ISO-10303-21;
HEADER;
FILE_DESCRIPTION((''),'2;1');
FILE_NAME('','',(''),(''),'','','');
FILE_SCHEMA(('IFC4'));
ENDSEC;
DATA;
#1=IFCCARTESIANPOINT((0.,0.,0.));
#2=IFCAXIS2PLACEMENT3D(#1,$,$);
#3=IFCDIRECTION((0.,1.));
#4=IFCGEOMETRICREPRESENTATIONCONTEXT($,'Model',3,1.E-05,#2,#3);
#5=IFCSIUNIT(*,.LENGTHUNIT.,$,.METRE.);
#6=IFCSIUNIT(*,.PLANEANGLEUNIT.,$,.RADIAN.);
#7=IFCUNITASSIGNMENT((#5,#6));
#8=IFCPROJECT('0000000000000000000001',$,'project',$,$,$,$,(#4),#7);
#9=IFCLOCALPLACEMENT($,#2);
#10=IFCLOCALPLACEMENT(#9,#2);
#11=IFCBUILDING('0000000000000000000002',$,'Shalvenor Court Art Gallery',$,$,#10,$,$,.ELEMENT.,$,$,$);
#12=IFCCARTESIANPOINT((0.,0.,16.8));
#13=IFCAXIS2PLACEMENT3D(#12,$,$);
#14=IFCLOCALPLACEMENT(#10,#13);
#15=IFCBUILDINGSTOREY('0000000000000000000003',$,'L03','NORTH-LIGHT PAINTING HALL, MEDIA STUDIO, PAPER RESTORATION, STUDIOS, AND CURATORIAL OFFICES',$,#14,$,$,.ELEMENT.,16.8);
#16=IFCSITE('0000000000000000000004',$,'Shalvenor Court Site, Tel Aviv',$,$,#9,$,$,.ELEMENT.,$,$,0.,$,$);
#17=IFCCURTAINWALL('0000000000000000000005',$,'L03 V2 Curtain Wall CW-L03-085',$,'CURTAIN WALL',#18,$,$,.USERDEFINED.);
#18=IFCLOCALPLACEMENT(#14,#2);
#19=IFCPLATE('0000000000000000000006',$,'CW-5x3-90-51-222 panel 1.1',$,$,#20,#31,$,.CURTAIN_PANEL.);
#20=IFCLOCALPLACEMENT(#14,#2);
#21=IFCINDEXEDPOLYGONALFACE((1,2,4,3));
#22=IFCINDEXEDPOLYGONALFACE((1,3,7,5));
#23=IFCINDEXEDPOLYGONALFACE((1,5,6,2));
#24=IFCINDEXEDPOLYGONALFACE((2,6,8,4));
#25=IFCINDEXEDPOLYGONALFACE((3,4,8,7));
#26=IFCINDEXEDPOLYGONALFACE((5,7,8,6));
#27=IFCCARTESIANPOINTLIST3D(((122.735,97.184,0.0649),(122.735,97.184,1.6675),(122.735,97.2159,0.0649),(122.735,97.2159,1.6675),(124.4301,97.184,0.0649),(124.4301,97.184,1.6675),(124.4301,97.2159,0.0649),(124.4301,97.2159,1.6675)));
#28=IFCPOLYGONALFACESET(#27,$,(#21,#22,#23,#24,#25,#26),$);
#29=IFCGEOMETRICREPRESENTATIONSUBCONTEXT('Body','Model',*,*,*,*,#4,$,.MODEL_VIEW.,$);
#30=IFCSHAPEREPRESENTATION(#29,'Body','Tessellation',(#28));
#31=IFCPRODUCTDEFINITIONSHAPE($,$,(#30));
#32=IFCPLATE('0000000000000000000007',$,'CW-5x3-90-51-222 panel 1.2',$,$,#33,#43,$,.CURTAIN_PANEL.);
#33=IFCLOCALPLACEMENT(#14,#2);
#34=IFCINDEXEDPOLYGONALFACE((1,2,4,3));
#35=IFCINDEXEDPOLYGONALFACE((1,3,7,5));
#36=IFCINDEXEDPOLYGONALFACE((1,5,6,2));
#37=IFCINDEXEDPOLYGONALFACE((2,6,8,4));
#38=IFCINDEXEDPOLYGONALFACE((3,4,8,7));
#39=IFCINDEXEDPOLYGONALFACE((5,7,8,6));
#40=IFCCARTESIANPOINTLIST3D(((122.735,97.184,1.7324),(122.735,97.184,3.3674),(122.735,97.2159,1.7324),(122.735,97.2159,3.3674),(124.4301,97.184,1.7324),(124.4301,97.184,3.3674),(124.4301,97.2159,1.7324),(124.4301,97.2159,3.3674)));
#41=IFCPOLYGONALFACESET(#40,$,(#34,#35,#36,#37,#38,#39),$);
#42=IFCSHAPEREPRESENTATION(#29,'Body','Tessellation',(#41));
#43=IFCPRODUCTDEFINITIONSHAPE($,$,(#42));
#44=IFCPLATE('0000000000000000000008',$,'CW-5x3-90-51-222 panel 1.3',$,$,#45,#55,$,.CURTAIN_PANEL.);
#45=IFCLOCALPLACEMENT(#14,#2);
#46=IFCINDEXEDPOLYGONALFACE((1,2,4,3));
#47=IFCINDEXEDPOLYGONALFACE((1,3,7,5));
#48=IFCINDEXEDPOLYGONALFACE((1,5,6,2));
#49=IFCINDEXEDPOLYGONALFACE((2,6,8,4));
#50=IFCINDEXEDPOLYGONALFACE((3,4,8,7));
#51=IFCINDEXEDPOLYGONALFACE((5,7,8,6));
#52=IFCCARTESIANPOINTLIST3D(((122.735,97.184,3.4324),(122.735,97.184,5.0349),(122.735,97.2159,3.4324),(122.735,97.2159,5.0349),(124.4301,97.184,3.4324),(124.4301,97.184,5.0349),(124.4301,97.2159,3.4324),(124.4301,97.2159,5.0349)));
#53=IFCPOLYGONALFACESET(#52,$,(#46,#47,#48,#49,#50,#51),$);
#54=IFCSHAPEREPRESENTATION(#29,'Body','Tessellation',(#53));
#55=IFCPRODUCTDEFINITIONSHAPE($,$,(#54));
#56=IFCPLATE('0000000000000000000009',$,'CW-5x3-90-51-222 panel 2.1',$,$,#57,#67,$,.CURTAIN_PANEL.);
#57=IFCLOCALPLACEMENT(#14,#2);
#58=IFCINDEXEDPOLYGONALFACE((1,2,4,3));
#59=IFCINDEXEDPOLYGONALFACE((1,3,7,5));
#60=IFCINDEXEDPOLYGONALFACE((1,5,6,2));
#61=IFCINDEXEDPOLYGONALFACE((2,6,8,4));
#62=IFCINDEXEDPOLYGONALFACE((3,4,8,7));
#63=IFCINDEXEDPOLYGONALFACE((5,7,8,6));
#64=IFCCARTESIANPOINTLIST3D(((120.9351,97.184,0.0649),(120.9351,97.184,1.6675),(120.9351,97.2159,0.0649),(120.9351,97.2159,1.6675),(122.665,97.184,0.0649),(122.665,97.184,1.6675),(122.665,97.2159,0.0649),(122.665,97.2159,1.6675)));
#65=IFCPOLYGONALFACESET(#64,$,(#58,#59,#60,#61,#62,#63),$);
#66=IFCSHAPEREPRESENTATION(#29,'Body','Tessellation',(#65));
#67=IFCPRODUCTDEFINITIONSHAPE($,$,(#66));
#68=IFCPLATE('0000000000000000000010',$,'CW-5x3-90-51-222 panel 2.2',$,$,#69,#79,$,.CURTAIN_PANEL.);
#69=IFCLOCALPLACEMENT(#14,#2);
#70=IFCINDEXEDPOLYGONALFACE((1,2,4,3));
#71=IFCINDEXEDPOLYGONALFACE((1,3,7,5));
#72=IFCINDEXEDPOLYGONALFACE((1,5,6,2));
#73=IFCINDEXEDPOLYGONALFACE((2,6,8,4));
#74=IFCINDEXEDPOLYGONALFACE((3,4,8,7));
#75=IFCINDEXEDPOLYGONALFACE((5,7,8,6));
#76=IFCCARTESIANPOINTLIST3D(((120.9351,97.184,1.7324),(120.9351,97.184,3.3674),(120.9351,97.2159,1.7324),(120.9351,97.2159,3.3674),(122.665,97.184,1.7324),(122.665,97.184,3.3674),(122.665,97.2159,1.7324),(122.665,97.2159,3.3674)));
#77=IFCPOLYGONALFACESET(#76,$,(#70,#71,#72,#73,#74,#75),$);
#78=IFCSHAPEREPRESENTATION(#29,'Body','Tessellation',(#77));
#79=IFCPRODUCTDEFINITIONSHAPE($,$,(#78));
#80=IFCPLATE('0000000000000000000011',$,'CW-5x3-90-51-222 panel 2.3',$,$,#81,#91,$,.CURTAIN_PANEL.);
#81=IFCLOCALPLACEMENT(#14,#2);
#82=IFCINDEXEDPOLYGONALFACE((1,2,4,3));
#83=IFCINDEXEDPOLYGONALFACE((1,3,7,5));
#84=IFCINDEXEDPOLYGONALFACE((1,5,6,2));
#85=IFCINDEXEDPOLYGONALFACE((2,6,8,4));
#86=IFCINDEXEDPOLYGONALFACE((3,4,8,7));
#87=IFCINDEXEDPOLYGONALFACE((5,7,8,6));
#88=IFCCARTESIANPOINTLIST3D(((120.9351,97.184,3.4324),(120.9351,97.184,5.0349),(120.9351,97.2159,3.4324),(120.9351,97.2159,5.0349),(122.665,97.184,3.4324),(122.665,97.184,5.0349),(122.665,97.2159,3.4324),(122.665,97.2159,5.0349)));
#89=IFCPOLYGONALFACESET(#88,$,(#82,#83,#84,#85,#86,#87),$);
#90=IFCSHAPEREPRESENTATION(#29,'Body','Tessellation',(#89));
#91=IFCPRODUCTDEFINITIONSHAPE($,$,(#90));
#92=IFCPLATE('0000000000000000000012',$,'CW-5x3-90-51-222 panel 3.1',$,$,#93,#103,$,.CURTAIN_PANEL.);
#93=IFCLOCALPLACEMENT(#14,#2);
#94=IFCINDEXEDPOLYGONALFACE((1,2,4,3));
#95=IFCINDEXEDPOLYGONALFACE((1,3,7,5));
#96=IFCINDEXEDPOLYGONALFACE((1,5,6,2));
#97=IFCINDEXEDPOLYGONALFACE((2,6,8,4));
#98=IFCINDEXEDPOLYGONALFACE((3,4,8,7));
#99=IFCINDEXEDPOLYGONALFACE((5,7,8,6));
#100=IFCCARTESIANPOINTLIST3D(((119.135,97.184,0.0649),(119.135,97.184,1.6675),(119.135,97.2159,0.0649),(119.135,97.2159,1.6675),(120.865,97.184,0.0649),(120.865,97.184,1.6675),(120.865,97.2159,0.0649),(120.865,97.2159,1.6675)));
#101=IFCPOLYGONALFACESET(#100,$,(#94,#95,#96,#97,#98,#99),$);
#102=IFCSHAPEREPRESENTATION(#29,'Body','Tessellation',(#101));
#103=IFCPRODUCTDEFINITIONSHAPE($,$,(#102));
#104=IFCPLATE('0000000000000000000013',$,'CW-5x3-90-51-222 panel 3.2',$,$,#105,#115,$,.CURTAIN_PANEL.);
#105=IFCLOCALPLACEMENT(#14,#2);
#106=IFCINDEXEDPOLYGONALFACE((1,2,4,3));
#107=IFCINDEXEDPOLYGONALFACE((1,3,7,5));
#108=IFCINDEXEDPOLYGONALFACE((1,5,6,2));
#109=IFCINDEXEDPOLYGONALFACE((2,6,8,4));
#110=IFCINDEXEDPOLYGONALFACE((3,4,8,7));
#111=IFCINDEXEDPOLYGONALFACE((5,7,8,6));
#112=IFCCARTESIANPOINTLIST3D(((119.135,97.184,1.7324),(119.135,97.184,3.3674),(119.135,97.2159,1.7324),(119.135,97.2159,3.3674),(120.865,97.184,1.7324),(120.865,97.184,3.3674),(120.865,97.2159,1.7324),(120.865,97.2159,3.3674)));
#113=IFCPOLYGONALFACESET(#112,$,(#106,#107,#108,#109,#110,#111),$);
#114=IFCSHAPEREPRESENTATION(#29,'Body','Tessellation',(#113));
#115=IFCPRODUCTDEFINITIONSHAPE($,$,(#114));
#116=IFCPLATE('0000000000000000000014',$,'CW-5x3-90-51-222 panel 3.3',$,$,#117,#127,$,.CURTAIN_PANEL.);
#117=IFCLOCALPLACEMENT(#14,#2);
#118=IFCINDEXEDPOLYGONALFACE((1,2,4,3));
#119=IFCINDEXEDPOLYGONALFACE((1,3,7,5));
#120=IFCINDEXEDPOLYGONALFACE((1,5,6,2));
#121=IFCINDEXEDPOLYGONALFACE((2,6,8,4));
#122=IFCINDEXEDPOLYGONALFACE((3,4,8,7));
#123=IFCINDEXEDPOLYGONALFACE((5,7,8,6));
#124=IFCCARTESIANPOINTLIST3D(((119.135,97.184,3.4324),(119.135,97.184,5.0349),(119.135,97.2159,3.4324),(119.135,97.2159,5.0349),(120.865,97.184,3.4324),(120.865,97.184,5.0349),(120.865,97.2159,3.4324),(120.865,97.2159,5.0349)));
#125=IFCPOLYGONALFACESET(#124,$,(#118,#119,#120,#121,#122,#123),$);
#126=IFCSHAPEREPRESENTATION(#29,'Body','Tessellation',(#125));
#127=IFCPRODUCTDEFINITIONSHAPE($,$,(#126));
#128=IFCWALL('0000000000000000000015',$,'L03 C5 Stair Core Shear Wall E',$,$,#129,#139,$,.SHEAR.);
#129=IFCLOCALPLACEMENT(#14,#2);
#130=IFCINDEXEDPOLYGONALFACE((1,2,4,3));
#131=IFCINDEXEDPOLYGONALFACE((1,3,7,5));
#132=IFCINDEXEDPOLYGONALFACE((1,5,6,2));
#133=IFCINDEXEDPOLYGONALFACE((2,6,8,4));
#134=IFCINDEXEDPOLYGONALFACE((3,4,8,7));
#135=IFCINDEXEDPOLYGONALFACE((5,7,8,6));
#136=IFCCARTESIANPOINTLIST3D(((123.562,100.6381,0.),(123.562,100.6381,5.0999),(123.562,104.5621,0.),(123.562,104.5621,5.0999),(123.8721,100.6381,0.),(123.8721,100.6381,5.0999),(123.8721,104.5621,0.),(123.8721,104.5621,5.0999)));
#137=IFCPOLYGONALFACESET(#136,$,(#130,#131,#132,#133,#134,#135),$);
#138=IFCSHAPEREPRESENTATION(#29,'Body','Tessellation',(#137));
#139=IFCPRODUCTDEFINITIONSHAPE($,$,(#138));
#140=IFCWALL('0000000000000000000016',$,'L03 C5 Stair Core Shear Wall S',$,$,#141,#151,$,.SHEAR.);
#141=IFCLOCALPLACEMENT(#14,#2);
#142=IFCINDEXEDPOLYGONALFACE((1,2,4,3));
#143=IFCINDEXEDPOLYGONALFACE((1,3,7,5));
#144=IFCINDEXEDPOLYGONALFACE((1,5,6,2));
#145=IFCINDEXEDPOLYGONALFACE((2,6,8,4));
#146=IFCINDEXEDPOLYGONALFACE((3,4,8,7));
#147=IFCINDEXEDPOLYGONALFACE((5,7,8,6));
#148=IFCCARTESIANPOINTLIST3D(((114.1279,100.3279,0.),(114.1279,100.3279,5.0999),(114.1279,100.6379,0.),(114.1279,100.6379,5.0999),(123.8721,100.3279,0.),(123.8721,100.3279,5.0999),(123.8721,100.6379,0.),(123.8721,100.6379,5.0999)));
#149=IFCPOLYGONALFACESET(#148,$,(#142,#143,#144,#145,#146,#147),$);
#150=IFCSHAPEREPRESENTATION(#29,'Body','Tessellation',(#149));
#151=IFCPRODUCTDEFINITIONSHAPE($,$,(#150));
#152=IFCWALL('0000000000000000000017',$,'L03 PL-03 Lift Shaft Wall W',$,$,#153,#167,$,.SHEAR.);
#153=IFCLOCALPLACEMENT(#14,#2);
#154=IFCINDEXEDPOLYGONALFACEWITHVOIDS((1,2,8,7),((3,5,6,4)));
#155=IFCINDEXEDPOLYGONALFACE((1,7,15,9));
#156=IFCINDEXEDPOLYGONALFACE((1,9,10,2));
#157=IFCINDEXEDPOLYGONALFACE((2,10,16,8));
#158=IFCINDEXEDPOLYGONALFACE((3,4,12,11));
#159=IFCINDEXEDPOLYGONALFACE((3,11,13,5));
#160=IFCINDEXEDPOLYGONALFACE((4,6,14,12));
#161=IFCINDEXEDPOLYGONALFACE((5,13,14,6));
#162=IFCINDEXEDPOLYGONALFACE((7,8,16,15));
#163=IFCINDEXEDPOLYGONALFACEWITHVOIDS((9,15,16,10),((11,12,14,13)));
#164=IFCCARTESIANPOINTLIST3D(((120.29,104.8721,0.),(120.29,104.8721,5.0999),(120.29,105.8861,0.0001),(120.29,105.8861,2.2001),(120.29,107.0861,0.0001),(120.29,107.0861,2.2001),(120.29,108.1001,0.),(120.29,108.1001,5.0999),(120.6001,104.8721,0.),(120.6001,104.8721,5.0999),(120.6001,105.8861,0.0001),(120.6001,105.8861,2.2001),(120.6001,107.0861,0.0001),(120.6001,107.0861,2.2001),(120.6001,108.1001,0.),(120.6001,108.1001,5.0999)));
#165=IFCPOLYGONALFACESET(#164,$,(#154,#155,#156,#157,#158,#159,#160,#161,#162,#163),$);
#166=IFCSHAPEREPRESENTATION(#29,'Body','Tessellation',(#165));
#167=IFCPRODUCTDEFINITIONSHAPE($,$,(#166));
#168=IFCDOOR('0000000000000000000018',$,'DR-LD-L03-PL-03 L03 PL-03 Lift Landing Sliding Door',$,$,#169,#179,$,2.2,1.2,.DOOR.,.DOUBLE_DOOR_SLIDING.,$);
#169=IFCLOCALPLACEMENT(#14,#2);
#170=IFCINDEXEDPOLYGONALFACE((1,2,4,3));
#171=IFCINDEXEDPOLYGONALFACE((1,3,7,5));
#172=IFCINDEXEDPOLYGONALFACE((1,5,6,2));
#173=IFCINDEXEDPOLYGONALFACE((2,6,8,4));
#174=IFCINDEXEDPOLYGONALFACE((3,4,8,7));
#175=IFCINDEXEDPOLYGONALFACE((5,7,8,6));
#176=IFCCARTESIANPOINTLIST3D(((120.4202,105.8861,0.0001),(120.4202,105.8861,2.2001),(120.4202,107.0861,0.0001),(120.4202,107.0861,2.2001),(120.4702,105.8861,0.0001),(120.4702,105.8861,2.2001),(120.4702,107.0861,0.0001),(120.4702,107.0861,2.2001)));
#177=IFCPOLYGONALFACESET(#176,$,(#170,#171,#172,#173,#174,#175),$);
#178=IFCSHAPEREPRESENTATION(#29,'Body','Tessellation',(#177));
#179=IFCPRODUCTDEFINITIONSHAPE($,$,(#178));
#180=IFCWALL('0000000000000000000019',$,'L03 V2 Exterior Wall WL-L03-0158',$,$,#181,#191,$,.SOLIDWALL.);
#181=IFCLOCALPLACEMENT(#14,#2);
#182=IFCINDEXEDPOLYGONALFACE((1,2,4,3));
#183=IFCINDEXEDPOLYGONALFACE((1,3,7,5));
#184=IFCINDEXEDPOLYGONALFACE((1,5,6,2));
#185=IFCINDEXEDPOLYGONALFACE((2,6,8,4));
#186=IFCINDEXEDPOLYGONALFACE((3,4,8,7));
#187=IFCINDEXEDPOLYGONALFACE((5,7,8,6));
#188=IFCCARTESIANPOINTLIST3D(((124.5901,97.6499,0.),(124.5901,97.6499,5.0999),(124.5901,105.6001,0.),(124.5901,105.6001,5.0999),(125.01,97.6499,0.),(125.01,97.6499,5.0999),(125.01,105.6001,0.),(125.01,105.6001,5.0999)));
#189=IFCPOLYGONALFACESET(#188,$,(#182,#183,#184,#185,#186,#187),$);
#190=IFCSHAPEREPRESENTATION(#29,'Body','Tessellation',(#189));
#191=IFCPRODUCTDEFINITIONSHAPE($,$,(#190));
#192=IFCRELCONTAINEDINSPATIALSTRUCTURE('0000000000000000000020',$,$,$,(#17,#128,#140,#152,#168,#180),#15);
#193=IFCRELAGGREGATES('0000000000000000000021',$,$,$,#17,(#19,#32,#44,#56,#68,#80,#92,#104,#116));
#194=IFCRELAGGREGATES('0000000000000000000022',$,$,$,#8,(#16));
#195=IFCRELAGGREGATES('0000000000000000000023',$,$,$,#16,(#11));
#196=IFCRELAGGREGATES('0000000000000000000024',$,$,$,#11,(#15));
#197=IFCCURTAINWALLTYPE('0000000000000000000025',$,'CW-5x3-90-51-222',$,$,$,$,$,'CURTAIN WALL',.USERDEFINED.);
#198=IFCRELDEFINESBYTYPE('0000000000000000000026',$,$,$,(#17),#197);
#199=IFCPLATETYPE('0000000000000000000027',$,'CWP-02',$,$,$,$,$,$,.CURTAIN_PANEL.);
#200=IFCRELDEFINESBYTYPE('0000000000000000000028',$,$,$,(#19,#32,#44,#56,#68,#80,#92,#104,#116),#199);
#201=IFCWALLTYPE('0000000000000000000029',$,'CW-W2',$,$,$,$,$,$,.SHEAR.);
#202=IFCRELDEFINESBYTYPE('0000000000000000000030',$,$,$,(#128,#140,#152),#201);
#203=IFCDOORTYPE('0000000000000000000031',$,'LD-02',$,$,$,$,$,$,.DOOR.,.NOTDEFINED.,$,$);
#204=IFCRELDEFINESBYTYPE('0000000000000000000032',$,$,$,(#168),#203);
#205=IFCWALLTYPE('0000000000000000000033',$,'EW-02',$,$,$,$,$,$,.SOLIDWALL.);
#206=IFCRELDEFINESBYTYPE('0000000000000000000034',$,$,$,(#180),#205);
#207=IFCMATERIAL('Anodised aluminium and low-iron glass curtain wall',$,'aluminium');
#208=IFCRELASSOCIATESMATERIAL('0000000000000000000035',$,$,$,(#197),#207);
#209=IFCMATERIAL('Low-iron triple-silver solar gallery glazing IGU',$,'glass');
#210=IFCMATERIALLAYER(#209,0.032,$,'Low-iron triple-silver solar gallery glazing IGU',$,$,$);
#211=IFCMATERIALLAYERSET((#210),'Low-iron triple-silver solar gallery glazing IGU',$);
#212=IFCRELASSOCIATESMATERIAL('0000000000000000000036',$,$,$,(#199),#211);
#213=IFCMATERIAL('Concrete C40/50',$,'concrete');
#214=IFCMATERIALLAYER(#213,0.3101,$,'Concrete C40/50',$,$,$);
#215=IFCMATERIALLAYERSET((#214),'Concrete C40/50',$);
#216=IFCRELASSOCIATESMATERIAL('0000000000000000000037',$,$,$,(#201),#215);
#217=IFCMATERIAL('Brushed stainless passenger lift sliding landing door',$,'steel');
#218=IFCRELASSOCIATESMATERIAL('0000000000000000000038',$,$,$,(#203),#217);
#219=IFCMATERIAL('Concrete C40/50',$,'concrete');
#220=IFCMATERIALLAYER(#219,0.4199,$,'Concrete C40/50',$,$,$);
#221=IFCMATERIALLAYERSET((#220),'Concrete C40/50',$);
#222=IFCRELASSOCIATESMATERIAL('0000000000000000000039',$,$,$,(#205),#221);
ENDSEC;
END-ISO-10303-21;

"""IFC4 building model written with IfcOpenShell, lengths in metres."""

from ifc_helpers import new_model, si_unit, direction, frame, frame_2d, origin, origin_2d, place, context, subcontext, project, spatial, rectangle, extrude, material, layer, layer_set, type_object, element, fill, aggregate, save


model = new_model("IFC4")

# Units and contexts
model_context = context("Model", 3, precision=1e-05, world=origin(), true_north=direction((0.0, 1.0)))
body_context = subcontext(model_context, "Body", "Model", "MODEL_VIEW")
ifc_project = project(units=[si_unit("LENGTHUNIT", "METRE"), si_unit("PLANEANGLEUNIT", "RADIAN")], contexts=[model_context])

# Site, building, storey
site_placement = place(None, origin())
site = spatial("IfcSite", under=ifc_project, at=site_placement, Name="Shalvenor Court Site, Tel Aviv", CompositionType="ELEMENT", RefElevation=0.0)
building_placement = place(site_placement, origin())
building = spatial("IfcBuilding", under=site, at=building_placement, Name="Shalvenor Court Art Gallery", CompositionType="ELEMENT")
storey_placement = place(building_placement, frame((0.0, 0.0, 16.8)))
storey = spatial("IfcBuildingStorey", under=building, at=storey_placement, Name="L03", Description="NORTH-LIGHT PAINTING HALL, MEDIA STUDIO, PAPER RESTORATION, STUDIOS, AND CURATORIAL OFFICES", CompositionType="ELEMENT", Elevation=16.8)

# Curtain wall
ifc_material_1 = material(Name="Anodised aluminium and low-iron glass curtain wall", Category="aluminium")
curtain_wall_type_1 = type_object("IfcCurtainWallType", Name="CW-5x3-90-51-222", ElementType="CURTAIN WALL", PredefinedType="USERDEFINED", material=ifc_material_1)
curtain_wall_1_placement = place(storey_placement, origin())
curtain_wall_1 = element("IfcCurtainWall", 1, at=curtain_wall_1_placement, inside=storey, type_object=curtain_wall_type_1, Name="L03 V2 Curtain Wall CW-L03-085", ObjectType="CURTAIN WALL", PredefinedType="USERDEFINED")

# Plates
ifc_material_2 = material(Name="Low-iron triple-silver solar gallery glazing IGU", Category="glass")
ifc_layer_1 = layer(ifc_material_2, 0.032, Name="Low-iron triple-silver solar gallery glazing IGU")
ifc_layer_set_1 = layer_set([ifc_layer_1], Name="Low-iron triple-silver solar gallery glazing IGU")
plate_type = type_object("IfcPlateType", Name="CWP-02", PredefinedType="CURTAIN_PANEL", material=ifc_layer_set_1)
plate_1_placement = place(storey_placement, frame((123.5825, 97.2, 0.0649), z_axis=(0.0, 0.0, 1.0), x_axis=(-1.0, 0.0, 0.0)))
plate_1 = element("IfcPlate", 2, at=plate_1_placement, type_object=plate_type, Name="CW-5x3-90-51-222 panel 1.1", PredefinedType="CURTAIN_PANEL", context=body_context, shape_type="SweptSolid", body=[
    extrude(rectangle(XDim=1.6951, YDim=0.032, at=origin_2d()), origin(), (0.0, 0.0, 1.0), 1.6025),
])
plate_2_placement = place(storey_placement, frame((123.5825, 97.2, 1.7324), z_axis=(0.0, 0.0, 1.0), x_axis=(-1.0, 0.0, 0.0)))
plate_2 = element("IfcPlate", 3, at=plate_2_placement, type_object=plate_type, Name="CW-5x3-90-51-222 panel 1.2", PredefinedType="CURTAIN_PANEL", context=body_context, shape_type="SweptSolid", body=[
    extrude(rectangle(XDim=1.6951, YDim=0.032, at=origin_2d()), origin(), (0.0, 0.0, 1.0), 1.635),
])
plate_3_placement = place(storey_placement, frame((123.5825, 97.2, 3.4324), z_axis=(0.0, 0.0, 1.0), x_axis=(-1.0, 0.0, 0.0)))
plate_3 = element("IfcPlate", 4, at=plate_3_placement, type_object=plate_type, Name="CW-5x3-90-51-222 panel 1.3", PredefinedType="CURTAIN_PANEL", context=body_context, shape_type="SweptSolid", body=[
    extrude(rectangle(XDim=1.6951, YDim=0.032, at=origin_2d()), origin(), (0.0, 0.0, 1.0), 1.6025),
])
plate_4_placement = place(storey_placement, frame((121.8, 97.2, 0.0649), z_axis=(0.0, 0.0, 1.0), x_axis=(-1.0, 0.0, 0.0)))
plate_4 = element("IfcPlate", 5, at=plate_4_placement, type_object=plate_type, Name="CW-5x3-90-51-222 panel 2.1", PredefinedType="CURTAIN_PANEL", context=body_context, shape_type="SweptSolid", body=[
    extrude(rectangle(XDim=1.73, YDim=0.032, at=origin_2d()), origin(), (0.0, 0.0, 1.0), 1.6025),
])
plate_5_placement = place(storey_placement, frame((121.8, 97.2, 1.7324), z_axis=(0.0, 0.0, 1.0), x_axis=(-1.0, 0.0, 0.0)))
plate_5 = element("IfcPlate", 6, at=plate_5_placement, type_object=plate_type, Name="CW-5x3-90-51-222 panel 2.2", PredefinedType="CURTAIN_PANEL", context=body_context, shape_type="SweptSolid", body=[
    extrude(rectangle(XDim=1.73, YDim=0.032, at=origin_2d()), origin(), (0.0, 0.0, 1.0), 1.635),
])
plate_6_placement = place(storey_placement, frame((121.8, 97.2, 3.4324), z_axis=(0.0, 0.0, 1.0), x_axis=(-1.0, 0.0, 0.0)))
plate_6 = element("IfcPlate", 7, at=plate_6_placement, type_object=plate_type, Name="CW-5x3-90-51-222 panel 2.3", PredefinedType="CURTAIN_PANEL", context=body_context, shape_type="SweptSolid", body=[
    extrude(rectangle(XDim=1.73, YDim=0.032, at=origin_2d()), origin(), (0.0, 0.0, 1.0), 1.6025),
])
plate_7_placement = place(storey_placement, frame((120.0, 97.2, 0.0649), z_axis=(0.0, 0.0, 1.0), x_axis=(-1.0, 0.0, 0.0)))
plate_7 = element("IfcPlate", 8, at=plate_7_placement, type_object=plate_type, Name="CW-5x3-90-51-222 panel 3.1", PredefinedType="CURTAIN_PANEL", context=body_context, shape_type="SweptSolid", body=[
    extrude(rectangle(XDim=1.73, YDim=0.032, at=origin_2d()), origin(), (0.0, 0.0, 1.0), 1.6025),
])
plate_8_placement = place(storey_placement, frame((120.0, 97.2, 1.7324), z_axis=(0.0, 0.0, 1.0), x_axis=(-1.0, 0.0, 0.0)))
plate_8 = element("IfcPlate", 9, at=plate_8_placement, type_object=plate_type, Name="CW-5x3-90-51-222 panel 3.2", PredefinedType="CURTAIN_PANEL", context=body_context, shape_type="SweptSolid", body=[
    extrude(rectangle(XDim=1.73, YDim=0.032, at=origin_2d()), origin(), (0.0, 0.0, 1.0), 1.635),
])
plate_9_placement = place(storey_placement, frame((120.0, 97.2, 3.4324), z_axis=(0.0, 0.0, 1.0), x_axis=(-1.0, 0.0, 0.0)))
plate_9 = element("IfcPlate", 10, at=plate_9_placement, type_object=plate_type, Name="CW-5x3-90-51-222 panel 3.3", PredefinedType="CURTAIN_PANEL", context=body_context, shape_type="SweptSolid", body=[
    extrude(rectangle(XDim=1.73, YDim=0.032, at=origin_2d()), origin(), (0.0, 0.0, 1.0), 1.6025),
])
aggregate(curtain_wall_1, [plate_1, plate_2, plate_3, plate_4, plate_5, plate_6, plate_7, plate_8, plate_9])

# Walls
ifc_material_3 = material(Name="Concrete C40/50", Category="concrete")
ifc_layer_2 = layer(ifc_material_3, 0.3101, Name="Concrete C40/50")
ifc_layer_set_2 = layer_set([ifc_layer_2], Name="Concrete C40/50")
wall_type_1 = type_object("IfcWallType", Name="CW-W2", PredefinedType="SHEAR", material=ifc_layer_set_2)
wall_1_placement = place(storey_placement, frame((123.717, 104.562, 0.0), z_axis=(0.0, 0.0, 1.0), x_axis=(0.0, -1.0, 0.0)))
element("IfcWall", 11, at=wall_1_placement, inside=storey, type_object=wall_type_1, Name="L03 C5 Stair Core Shear Wall E", PredefinedType="SHEAR", context=body_context, shape_type="SweptSolid", body=[
    extrude(rectangle(XDim=3.9241, YDim=0.3101, at=frame_2d((1.9619, 0.0))), origin(), (0.0, 0.0, 1.0), 5.0999),
])
wall_2_placement = place(storey_placement, frame((123.8721, 100.4829, 0.0), z_axis=(0.0, 0.0, 1.0), x_axis=(-1.0, 0.0, 0.0)))
element("IfcWall", 12, at=wall_2_placement, inside=storey, type_object=wall_type_1, Name="L03 C5 Stair Core Shear Wall S", PredefinedType="SHEAR", context=body_context, shape_type="SweptSolid", body=[
    extrude(rectangle(XDim=9.7441, YDim=0.3101, at=frame_2d((4.8721, 0.0))), origin(), (0.0, 0.0, 1.0), 5.0999),
])

# Wall, opening, door
wall_3_placement = place(storey_placement, frame((120.4451, 104.8721, 0.0), z_axis=(0.0, 0.0, 1.0), x_axis=(0.0, 1.0, 0.0)))
wall_3 = element("IfcWall", 13, at=wall_3_placement, inside=storey, type_object=wall_type_1, Name="L03 PL-03 Lift Shaft Wall W", PredefinedType="SHEAR", context=body_context, shape_type="SweptSolid", body=[
    extrude(rectangle(XDim=3.228, YDim=0.3101, at=frame_2d((1.614, 0.0))), origin(), (0.0, 0.0, 1.0), 5.0999),
])
opening_placement = place(wall_3_placement, frame((1.0139, 0.0, 0.0)))
opening = element("IfcOpeningElement", 14, at=opening_placement, cuts=wall_3, PredefinedType="OPENING", context=body_context, shape_type="SweptSolid", body=[
    extrude(rectangle(XDim=1.2, YDim=2.2, at=frame_2d((0.6001, 1.1001))), frame((0.0, 0.165, 0.0), z_axis=(0.0, -1.0, 0.0), x_axis=(1.0, 0.0, 0.0)), (0.0, 0.0, 1.0), 0.3301),
])
ifc_material_4 = material(Name="Brushed stainless passenger lift sliding landing door", Category="steel")
door_type = type_object("IfcDoorType", Name="LD-02", OperationType="NOTDEFINED", PredefinedType="DOOR", material=ifc_material_4)
door_placement = place(opening_placement, origin())
door = element("IfcDoor", 15, at=door_placement, inside=storey, type_object=door_type, Name="DR-LD-L03-PL-03 L03 PL-03 Lift Landing Sliding Door", OperationType="DOUBLE_DOOR_SLIDING", OverallHeight=2.2, OverallWidth=1.2, PredefinedType="DOOR", context=body_context, shape_type="SweptSolid", body=[
    extrude(rectangle(XDim=1.2, YDim=2.2, at=frame_2d((0.6001, 1.1001))), frame((0.0, 0.0249, 0.0), z_axis=(0.0, -1.0, 0.0), x_axis=(1.0, 0.0, 0.0)), (0.0, 0.0, 1.0), 0.05),
])
fill(opening, door)

# Wall
ifc_material_5 = material(Name="Concrete C40/50", Category="concrete")
ifc_layer_3 = layer(ifc_material_5, 0.4199, Name="Concrete C40/50")
ifc_layer_set_3 = layer_set([ifc_layer_3], Name="Concrete C40/50")
wall_type_2 = type_object("IfcWallType", Name="EW-02", PredefinedType="SOLIDWALL", material=ifc_layer_set_3)
wall_4_placement = place(storey_placement, frame((124.8, 105.6001, 0.0), z_axis=(0.0, 0.0, 1.0), x_axis=(0.0, -1.0, 0.0)))
element("IfcWall", 16, at=wall_4_placement, inside=storey, type_object=wall_type_2, Name="L03 V2 Exterior Wall WL-L03-0158", PredefinedType="SOLIDWALL", context=body_context, shape_type="SweptSolid", body=[
    extrude(rectangle(XDim=7.9502, YDim=0.4199, at=frame_2d((3.9751, 0.0))), origin(), (0.0, 0.0, 1.0), 5.0999),
])

save(model, "model.ifc")
